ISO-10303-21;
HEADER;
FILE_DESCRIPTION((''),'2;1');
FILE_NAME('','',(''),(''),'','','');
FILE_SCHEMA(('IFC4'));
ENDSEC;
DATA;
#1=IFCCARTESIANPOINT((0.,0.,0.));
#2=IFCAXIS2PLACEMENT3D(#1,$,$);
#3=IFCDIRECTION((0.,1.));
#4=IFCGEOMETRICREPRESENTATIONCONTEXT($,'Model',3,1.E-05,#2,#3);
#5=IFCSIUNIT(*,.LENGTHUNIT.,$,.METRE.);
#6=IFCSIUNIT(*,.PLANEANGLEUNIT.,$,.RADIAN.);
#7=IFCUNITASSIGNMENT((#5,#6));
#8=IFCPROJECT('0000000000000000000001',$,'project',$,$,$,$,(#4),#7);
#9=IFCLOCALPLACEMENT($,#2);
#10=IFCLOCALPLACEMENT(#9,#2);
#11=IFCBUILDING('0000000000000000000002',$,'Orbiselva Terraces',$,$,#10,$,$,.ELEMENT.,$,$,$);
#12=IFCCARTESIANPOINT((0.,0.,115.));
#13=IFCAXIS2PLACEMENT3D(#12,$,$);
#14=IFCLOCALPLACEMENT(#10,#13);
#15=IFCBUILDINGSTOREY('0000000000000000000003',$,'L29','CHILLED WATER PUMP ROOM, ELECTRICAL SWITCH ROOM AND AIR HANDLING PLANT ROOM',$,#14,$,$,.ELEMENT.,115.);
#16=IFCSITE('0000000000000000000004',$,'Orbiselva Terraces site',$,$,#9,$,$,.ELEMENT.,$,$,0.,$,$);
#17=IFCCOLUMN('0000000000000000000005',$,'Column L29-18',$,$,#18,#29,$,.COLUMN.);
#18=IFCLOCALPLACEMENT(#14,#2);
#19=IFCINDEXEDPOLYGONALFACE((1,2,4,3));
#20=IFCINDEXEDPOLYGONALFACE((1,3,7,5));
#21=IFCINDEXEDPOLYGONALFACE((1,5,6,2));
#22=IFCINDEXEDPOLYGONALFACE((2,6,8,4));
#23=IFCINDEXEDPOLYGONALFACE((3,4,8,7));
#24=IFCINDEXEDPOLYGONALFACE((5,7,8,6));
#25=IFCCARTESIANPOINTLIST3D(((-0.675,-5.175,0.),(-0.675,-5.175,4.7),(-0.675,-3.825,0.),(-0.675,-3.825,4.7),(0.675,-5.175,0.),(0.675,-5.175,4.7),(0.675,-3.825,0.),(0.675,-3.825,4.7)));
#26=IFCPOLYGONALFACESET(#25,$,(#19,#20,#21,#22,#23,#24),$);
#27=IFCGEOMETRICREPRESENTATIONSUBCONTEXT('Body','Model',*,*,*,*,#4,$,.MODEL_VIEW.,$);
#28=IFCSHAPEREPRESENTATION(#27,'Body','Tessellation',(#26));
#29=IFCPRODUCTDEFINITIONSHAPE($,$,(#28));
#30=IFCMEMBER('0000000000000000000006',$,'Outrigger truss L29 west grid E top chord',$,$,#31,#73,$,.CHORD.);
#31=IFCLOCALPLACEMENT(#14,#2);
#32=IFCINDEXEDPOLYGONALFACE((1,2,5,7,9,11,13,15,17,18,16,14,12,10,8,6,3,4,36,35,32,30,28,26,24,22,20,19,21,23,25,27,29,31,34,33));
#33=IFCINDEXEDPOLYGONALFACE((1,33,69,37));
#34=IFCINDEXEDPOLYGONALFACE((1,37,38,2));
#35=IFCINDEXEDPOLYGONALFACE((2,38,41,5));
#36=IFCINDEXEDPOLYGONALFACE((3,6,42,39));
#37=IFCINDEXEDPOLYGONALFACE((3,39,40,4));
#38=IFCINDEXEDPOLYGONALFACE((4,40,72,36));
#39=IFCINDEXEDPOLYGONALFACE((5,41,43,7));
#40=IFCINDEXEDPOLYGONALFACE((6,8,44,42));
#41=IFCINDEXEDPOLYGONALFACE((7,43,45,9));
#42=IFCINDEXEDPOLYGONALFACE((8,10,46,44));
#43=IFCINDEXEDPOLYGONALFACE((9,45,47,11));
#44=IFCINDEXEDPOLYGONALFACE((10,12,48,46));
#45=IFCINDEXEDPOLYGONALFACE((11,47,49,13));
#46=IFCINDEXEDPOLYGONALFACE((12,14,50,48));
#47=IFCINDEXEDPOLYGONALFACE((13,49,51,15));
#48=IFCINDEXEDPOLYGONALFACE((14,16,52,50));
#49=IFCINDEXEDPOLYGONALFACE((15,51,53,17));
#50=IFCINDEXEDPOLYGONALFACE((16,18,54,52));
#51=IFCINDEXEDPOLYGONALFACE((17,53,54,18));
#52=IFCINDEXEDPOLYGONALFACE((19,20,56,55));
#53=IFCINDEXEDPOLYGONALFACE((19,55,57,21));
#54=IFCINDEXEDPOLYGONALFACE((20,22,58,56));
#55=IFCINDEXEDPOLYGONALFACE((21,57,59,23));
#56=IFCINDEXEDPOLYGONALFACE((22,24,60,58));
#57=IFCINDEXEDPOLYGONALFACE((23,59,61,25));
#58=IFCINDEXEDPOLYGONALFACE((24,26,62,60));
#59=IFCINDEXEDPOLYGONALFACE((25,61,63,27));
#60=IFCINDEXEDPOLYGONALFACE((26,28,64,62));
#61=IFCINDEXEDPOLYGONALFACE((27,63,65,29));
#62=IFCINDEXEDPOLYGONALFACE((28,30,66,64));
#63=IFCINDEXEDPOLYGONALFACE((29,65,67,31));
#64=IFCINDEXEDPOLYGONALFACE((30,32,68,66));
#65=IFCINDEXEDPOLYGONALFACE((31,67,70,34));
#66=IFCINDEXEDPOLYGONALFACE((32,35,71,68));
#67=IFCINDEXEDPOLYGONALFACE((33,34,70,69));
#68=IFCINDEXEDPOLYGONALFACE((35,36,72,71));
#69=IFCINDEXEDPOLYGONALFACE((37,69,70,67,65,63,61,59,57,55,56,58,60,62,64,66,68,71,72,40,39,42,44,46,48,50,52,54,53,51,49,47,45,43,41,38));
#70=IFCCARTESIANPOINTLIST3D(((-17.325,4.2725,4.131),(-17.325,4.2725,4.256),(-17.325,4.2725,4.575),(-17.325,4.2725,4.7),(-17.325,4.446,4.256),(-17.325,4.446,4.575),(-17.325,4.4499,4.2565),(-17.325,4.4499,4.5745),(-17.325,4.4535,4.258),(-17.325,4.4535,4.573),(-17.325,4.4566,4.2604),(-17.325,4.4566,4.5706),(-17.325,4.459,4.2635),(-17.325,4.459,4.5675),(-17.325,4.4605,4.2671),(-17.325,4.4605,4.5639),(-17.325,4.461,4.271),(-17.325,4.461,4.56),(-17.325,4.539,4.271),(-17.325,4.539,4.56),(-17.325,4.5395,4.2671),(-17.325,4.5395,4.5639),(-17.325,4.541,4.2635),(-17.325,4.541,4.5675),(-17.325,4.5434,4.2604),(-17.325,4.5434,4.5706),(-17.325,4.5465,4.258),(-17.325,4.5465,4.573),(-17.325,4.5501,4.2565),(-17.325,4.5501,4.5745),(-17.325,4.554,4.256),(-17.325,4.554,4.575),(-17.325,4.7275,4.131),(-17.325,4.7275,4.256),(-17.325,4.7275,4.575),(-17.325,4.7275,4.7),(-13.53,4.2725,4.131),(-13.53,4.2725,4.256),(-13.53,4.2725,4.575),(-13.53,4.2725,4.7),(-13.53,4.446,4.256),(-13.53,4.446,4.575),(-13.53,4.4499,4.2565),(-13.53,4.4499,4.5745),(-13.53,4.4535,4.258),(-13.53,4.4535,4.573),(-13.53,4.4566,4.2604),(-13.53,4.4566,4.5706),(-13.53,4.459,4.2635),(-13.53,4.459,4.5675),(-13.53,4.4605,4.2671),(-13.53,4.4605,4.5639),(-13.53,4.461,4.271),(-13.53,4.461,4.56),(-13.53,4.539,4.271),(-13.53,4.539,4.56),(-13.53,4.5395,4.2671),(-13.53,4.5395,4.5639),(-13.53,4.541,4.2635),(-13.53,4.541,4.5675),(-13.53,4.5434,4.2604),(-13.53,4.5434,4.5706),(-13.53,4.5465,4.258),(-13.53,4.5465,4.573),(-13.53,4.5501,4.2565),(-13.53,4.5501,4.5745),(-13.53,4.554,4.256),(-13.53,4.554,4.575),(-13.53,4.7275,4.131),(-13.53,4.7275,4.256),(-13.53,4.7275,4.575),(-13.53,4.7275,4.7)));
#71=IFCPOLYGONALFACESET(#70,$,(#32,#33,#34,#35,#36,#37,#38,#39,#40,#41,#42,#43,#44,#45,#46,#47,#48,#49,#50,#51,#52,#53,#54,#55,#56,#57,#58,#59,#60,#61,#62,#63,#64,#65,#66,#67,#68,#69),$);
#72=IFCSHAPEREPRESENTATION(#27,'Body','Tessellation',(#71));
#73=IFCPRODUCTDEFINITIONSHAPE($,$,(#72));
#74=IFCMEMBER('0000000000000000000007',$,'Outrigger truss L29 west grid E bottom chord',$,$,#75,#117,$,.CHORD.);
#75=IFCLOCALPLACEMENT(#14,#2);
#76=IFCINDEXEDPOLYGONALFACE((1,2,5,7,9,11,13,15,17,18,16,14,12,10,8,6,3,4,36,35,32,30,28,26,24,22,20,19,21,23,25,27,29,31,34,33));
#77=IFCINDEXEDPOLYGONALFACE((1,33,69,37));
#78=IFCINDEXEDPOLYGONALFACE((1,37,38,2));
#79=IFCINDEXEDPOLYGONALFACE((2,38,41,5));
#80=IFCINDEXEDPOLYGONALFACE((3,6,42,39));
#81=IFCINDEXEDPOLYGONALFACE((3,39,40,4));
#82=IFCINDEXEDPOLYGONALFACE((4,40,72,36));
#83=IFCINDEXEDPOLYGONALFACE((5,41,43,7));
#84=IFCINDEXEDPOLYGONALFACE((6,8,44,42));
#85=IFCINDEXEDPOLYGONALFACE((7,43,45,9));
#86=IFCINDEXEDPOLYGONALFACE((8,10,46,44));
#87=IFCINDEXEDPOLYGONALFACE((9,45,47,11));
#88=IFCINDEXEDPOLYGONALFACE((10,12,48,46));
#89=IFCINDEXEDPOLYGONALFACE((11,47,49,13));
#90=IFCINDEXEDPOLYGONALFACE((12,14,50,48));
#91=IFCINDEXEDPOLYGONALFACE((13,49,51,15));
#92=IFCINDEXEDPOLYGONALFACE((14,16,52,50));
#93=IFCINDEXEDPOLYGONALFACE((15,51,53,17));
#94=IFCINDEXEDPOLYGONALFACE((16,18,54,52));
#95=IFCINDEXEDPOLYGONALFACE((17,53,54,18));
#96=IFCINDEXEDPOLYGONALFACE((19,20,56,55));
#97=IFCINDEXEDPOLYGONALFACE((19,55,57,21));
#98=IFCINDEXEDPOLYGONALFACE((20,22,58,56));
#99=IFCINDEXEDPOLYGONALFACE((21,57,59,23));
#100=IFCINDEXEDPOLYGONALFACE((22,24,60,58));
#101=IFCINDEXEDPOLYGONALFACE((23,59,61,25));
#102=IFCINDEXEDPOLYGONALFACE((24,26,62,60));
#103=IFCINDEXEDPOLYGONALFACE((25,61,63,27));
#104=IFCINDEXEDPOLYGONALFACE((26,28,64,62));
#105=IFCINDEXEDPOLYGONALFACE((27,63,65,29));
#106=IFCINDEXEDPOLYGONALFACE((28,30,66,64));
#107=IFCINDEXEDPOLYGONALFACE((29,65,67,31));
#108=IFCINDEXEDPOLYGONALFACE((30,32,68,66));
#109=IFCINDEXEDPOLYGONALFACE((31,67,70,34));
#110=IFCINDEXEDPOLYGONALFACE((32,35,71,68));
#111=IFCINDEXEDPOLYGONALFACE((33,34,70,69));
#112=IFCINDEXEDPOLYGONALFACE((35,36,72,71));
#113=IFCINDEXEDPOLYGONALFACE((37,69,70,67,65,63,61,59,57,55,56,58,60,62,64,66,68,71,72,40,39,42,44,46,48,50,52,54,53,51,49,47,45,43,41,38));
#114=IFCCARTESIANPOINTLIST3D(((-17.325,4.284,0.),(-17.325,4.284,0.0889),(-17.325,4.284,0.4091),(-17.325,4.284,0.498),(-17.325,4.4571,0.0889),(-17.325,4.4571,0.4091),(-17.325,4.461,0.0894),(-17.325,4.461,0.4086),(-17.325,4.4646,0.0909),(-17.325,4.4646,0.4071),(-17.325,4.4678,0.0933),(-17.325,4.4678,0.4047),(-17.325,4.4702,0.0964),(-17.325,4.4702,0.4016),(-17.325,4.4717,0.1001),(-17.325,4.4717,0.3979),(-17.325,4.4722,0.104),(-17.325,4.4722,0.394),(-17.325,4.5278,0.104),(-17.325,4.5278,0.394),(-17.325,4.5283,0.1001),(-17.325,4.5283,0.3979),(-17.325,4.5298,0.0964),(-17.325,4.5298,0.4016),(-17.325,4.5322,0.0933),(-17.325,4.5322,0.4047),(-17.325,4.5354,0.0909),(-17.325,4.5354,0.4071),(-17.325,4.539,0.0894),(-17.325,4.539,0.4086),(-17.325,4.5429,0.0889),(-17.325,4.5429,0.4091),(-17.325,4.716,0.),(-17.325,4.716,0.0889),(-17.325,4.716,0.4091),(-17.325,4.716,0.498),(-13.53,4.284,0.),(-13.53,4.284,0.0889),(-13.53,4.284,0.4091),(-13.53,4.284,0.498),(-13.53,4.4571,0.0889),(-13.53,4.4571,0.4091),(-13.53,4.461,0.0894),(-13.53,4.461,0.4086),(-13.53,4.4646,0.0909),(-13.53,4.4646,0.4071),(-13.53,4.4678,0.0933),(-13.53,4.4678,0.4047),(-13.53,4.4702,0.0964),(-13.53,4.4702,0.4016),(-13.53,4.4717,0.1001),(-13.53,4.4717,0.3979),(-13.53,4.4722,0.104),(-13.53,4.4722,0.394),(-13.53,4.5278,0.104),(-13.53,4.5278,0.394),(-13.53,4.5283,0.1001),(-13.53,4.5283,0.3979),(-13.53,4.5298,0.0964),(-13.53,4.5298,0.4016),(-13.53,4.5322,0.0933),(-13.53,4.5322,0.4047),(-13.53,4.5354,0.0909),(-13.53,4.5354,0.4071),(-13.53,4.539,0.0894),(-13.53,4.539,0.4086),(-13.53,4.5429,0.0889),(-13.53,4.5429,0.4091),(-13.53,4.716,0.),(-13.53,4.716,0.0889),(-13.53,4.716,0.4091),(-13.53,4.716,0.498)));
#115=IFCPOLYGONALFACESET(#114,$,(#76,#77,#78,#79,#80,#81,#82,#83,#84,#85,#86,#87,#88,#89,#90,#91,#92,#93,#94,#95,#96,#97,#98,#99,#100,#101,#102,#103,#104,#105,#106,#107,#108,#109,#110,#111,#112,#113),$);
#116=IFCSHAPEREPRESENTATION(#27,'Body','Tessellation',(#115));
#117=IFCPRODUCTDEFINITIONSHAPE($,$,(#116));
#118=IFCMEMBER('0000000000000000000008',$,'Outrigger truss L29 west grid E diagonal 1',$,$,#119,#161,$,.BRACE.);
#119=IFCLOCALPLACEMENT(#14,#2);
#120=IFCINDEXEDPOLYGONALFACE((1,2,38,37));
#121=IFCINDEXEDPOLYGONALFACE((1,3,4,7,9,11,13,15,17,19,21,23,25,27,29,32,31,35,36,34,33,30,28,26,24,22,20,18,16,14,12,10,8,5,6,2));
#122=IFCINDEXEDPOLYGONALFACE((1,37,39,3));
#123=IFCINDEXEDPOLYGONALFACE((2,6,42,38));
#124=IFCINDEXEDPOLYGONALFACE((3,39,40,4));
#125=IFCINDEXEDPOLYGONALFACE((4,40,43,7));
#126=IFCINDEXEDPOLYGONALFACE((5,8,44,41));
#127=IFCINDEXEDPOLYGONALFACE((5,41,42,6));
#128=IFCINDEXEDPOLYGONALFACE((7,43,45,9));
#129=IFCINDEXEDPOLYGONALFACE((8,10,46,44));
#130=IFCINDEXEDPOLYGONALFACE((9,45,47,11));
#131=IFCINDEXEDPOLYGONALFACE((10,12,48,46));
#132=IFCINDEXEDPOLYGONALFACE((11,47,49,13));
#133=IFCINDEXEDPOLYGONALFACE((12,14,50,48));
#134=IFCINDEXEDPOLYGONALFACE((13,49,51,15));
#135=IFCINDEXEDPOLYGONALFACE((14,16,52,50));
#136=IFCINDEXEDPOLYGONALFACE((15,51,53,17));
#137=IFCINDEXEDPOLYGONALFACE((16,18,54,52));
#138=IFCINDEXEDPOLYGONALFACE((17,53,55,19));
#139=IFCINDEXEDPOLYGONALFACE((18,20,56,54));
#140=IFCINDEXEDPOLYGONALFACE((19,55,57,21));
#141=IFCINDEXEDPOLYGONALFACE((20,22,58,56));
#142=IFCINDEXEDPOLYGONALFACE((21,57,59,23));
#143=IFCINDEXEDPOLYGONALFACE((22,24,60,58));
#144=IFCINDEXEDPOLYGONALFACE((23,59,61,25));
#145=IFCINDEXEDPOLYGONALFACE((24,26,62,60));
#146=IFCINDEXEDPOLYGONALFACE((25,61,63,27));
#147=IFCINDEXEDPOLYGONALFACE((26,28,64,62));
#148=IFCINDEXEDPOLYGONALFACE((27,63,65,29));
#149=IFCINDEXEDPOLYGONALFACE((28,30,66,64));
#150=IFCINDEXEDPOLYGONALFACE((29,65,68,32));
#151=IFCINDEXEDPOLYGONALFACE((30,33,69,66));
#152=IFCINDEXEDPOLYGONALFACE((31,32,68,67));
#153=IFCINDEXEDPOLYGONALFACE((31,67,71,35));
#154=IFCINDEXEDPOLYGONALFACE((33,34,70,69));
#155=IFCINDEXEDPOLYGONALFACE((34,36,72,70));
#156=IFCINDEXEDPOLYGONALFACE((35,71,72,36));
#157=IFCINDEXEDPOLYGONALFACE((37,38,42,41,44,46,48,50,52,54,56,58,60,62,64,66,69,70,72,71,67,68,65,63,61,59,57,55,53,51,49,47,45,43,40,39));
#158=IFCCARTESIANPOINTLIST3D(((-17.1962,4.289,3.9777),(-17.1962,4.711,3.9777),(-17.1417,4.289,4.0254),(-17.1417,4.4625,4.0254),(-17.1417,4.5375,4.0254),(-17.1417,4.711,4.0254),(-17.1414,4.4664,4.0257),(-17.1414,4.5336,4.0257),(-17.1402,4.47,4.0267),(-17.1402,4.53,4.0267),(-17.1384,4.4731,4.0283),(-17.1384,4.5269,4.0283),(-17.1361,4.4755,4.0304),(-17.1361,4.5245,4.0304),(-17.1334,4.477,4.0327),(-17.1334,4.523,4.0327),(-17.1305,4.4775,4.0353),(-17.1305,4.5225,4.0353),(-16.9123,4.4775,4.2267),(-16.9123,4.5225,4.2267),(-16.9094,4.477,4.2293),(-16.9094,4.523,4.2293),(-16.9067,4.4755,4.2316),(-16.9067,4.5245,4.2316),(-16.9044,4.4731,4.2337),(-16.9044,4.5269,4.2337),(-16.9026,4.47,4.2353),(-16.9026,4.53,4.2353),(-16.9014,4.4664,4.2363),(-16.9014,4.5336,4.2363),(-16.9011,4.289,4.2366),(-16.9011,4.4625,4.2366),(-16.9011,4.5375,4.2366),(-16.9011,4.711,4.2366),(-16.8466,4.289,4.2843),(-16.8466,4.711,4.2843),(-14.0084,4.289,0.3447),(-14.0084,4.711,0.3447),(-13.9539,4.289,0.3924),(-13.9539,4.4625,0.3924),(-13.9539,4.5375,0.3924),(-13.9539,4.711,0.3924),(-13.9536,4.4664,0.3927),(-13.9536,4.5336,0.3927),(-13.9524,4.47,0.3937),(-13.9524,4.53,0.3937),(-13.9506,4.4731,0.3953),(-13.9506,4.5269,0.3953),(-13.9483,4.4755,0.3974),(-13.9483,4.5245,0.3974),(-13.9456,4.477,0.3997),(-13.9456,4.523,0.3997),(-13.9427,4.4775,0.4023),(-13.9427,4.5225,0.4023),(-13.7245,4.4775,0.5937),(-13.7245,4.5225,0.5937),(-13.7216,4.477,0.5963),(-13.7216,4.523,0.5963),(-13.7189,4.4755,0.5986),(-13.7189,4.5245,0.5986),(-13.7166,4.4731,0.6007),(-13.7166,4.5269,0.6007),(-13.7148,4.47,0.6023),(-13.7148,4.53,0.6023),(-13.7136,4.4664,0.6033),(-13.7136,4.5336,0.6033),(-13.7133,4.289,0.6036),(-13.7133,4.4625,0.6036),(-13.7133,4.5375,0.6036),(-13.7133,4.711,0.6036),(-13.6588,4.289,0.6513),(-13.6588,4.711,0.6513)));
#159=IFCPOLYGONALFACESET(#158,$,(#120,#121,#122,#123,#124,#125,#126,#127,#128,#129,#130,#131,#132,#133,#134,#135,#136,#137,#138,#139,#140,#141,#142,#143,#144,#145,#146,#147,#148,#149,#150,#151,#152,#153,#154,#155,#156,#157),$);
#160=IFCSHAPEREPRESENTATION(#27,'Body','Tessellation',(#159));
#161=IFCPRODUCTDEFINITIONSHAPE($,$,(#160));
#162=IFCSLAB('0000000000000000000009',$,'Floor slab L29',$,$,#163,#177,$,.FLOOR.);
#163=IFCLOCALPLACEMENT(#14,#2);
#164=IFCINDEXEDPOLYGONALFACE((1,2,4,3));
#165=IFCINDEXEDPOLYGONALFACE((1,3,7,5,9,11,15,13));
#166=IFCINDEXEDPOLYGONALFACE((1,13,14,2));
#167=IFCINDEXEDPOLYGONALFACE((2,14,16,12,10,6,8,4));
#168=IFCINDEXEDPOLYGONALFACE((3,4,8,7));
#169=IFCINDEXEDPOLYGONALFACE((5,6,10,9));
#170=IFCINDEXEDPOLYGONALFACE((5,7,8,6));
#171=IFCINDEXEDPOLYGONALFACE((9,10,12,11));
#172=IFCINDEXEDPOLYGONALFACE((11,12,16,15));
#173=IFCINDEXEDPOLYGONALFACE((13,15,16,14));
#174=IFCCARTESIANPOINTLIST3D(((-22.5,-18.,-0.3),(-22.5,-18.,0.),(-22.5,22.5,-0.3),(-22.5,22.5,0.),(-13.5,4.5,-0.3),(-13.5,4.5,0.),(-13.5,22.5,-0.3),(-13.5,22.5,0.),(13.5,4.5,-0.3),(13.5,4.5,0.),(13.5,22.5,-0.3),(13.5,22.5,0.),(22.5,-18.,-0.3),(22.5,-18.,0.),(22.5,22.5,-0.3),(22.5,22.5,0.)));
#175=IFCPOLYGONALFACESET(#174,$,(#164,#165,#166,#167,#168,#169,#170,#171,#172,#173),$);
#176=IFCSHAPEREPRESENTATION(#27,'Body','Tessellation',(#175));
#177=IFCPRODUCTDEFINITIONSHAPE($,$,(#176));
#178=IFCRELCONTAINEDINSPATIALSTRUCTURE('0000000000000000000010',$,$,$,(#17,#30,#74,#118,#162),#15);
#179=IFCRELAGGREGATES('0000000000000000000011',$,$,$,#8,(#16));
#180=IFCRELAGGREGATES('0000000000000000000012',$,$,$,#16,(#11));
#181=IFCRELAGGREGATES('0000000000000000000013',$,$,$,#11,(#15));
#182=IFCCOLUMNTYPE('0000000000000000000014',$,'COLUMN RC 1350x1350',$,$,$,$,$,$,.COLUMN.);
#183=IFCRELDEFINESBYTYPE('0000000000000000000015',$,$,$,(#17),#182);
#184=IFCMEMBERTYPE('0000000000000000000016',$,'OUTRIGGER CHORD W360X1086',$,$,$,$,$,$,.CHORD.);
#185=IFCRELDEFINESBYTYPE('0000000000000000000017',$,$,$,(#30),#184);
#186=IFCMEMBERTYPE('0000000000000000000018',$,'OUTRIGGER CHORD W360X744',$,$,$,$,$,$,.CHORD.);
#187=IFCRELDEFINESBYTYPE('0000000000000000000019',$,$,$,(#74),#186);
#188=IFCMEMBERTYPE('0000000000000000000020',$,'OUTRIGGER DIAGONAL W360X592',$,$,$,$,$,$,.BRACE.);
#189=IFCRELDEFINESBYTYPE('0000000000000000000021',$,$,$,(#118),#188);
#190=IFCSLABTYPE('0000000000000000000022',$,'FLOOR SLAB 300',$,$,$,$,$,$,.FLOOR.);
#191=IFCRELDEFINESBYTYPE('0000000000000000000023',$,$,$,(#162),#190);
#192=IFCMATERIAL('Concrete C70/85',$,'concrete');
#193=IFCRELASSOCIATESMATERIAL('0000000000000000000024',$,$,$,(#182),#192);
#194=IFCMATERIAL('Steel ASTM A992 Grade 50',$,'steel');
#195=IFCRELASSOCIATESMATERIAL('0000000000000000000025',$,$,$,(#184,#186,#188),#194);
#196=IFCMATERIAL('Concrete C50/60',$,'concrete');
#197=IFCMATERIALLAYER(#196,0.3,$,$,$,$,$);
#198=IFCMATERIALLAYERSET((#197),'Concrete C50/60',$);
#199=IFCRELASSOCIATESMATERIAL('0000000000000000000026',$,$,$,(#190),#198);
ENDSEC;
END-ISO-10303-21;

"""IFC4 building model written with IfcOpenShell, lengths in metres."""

from ifc_helpers import new_model, si_unit, direction, frame, origin, origin_2d, place, context, subcontext, project, spatial, polyline, rectangle, i_section, outline, extrude, material, layer, layer_set, material_profile, profile_set, type_object, element, save


model = new_model("IFC4")

# Units and contexts
model_context = context("Model", 3, precision=1e-05, world=origin(), true_north=direction((0.0, 1.0)))
body_context = subcontext(model_context, "Body", "Model", "MODEL_VIEW")
ifc_project = project(units=[si_unit("LENGTHUNIT", "METRE"), si_unit("PLANEANGLEUNIT", "RADIAN")], contexts=[model_context])

# Site, building, storey
site_placement = place(None, origin())
site = spatial("IfcSite", under=ifc_project, at=site_placement, Name="Orbiselva Terraces site", CompositionType="ELEMENT", RefElevation=0.0)
building_placement = place(site_placement, origin())
building = spatial("IfcBuilding", under=site, at=building_placement, Name="Orbiselva Terraces", CompositionType="ELEMENT")
storey_placement = place(building_placement, frame((0.0, 0.0, 115.0)))
storey = spatial("IfcBuildingStorey", under=building, at=storey_placement, Name="L29", Description="CHILLED WATER PUMP ROOM, ELECTRICAL SWITCH ROOM AND AIR HANDLING PLANT ROOM", CompositionType="ELEMENT", Elevation=115.0)

# Column
ifc_material_1 = material(Name="Concrete C70/85", Category="concrete")
ifc_material_profile_1 = material_profile(ifc_material_1, rectangle(XDim=1.35, YDim=1.35, at=origin_2d()), Name="RC 1350x1350")
ifc_profile_set_1 = profile_set([ifc_material_profile_1], Name="Concrete C70/85")
column_type = type_object("IfcColumnType", Name="COLUMN RC 1350x1350", PredefinedType="COLUMN", material=ifc_profile_set_1)
column_placement = place(storey_placement, frame((0.0, -4.5, 0.0), z_axis=(0.0, 0.0, 1.0), x_axis=(1.0, 0.0, 0.0)))
element("IfcColumn", 1, at=column_placement, inside=storey, type_object=column_type, Name="Column L29-18", PredefinedType="COLUMN", context=body_context, shape_type="SweptSolid", body=[
    extrude(rectangle(XDim=1.35, YDim=1.35, at=origin_2d()), origin(), (0.0, 0.0, 1.0), 4.7),
])

# Members
ifc_material_2 = material(Name="Steel ASTM A992 Grade 50", Category="steel")
ifc_material_profile_2 = material_profile(ifc_material_2, i_section(OverallWidth=0.455, OverallDepth=0.569, WebThickness=0.078, FlangeThickness=0.125, FilletRadius=0.015, at=origin_2d()), Name="W360X1086")
ifc_profile_set_2 = profile_set([ifc_material_profile_2], Name="Steel ASTM A992 Grade 50")
member_type_1 = type_object("IfcMemberType", Name="OUTRIGGER CHORD W360X1086", PredefinedType="CHORD", material=ifc_profile_set_2)
member_1_placement = place(storey_placement, frame((-13.53, 4.5, 4.4155), z_axis=(-1.0, 0.0, 0.0), x_axis=(0.0, -1.0, 0.0)))
element("IfcMember", 2, at=member_1_placement, inside=storey, type_object=member_type_1, Name="Outrigger truss L29 west grid E top chord", PredefinedType="CHORD", context=body_context, shape_type="SweptSolid", body=[
    extrude(i_section(OverallWidth=0.455, OverallDepth=0.569, WebThickness=0.078, FlangeThickness=0.125, FilletRadius=0.015, at=origin_2d()), origin(), (0.0, 0.0, 1.0), 3.795),
])
ifc_material_profile_3 = material_profile(ifc_material_2, i_section(OverallWidth=0.432, OverallDepth=0.498, WebThickness=0.0556, FlangeThickness=0.0889, FilletRadius=0.0151, at=origin_2d()), Name="W360X744")
ifc_profile_set_3 = profile_set([ifc_material_profile_3], Name="Steel ASTM A992 Grade 50")
member_type_2 = type_object("IfcMemberType", Name="OUTRIGGER CHORD W360X744", PredefinedType="CHORD", material=ifc_profile_set_3)
member_2_placement = place(storey_placement, frame((-13.53, 4.5, 0.249), z_axis=(-1.0, 0.0, 0.0), x_axis=(0.0, -1.0, 0.0)))
element("IfcMember", 3, at=member_2_placement, inside=storey, type_object=member_type_2, Name="Outrigger truss L29 west grid E bottom chord", PredefinedType="CHORD", context=body_context, shape_type="SweptSolid", body=[
    extrude(i_section(OverallWidth=0.432, OverallDepth=0.498, WebThickness=0.0556, FlangeThickness=0.0889, FilletRadius=0.0151, at=origin_2d()), origin(), (0.0, 0.0, 1.0), 3.795),
])
ifc_material_profile_4 = material_profile(ifc_material_2, i_section(OverallWidth=0.422, OverallDepth=0.465, WebThickness=0.045, FlangeThickness=0.0724, FilletRadius=0.015, at=origin_2d()), Name="W360X592")
ifc_profile_set_4 = profile_set([ifc_material_profile_4], Name="Steel ASTM A992 Grade 50")
member_type_3 = type_object("IfcMemberType", Name="OUTRIGGER DIAGONAL W360X592", PredefinedType="BRACE", material=ifc_profile_set_4)
member_3_placement = place(storey_placement, frame((-13.8336, 4.5, 0.498), z_axis=(-0.65955, 0.0, 0.751661), x_axis=(0.0, -1.0, 0.0)))
element("IfcMember", 4, at=member_3_placement, inside=storey, type_object=member_type_3, Name="Outrigger truss L29 west grid E diagonal 1", PredefinedType="BRACE", context=body_context, shape_type="SweptSolid", body=[
    extrude(i_section(OverallWidth=0.422, OverallDepth=0.465, WebThickness=0.045, FlangeThickness=0.0724, FilletRadius=0.015, at=origin_2d()), origin(), (0.0, 0.0, 1.0), 4.8333),
])

# Slab
ifc_material_3 = material(Name="Concrete C50/60", Category="concrete")
ifc_layer_1 = layer(ifc_material_3, 0.3)
ifc_layer_set_1 = layer_set([ifc_layer_1], Name="Concrete C50/60")
slab_type_1 = type_object("IfcSlabType", Name="FLOOR SLAB 300", PredefinedType="FLOOR", material=ifc_layer_set_1)
slab_1_placement = place(storey_placement, frame((0.0, 0.0, -0.3)))
element("IfcSlab", 5, at=slab_1_placement, inside=storey, type_object=slab_type_1, Name="Floor slab L29", PredefinedType="FLOOR", context=body_context, shape_type="SweptSolid", body=[
    extrude(outline(polyline([(22.5, 22.5), (22.5, -18.0), (-22.5, -18.0), (-22.5, 22.5), (-13.5, 22.5), (-13.5, 4.5), (13.5, 4.5), (13.5, 22.5), (22.5, 22.5)])), origin(), (0.0, 0.0, 1.0), 0.3),
])

save(model, "model.ifc")
